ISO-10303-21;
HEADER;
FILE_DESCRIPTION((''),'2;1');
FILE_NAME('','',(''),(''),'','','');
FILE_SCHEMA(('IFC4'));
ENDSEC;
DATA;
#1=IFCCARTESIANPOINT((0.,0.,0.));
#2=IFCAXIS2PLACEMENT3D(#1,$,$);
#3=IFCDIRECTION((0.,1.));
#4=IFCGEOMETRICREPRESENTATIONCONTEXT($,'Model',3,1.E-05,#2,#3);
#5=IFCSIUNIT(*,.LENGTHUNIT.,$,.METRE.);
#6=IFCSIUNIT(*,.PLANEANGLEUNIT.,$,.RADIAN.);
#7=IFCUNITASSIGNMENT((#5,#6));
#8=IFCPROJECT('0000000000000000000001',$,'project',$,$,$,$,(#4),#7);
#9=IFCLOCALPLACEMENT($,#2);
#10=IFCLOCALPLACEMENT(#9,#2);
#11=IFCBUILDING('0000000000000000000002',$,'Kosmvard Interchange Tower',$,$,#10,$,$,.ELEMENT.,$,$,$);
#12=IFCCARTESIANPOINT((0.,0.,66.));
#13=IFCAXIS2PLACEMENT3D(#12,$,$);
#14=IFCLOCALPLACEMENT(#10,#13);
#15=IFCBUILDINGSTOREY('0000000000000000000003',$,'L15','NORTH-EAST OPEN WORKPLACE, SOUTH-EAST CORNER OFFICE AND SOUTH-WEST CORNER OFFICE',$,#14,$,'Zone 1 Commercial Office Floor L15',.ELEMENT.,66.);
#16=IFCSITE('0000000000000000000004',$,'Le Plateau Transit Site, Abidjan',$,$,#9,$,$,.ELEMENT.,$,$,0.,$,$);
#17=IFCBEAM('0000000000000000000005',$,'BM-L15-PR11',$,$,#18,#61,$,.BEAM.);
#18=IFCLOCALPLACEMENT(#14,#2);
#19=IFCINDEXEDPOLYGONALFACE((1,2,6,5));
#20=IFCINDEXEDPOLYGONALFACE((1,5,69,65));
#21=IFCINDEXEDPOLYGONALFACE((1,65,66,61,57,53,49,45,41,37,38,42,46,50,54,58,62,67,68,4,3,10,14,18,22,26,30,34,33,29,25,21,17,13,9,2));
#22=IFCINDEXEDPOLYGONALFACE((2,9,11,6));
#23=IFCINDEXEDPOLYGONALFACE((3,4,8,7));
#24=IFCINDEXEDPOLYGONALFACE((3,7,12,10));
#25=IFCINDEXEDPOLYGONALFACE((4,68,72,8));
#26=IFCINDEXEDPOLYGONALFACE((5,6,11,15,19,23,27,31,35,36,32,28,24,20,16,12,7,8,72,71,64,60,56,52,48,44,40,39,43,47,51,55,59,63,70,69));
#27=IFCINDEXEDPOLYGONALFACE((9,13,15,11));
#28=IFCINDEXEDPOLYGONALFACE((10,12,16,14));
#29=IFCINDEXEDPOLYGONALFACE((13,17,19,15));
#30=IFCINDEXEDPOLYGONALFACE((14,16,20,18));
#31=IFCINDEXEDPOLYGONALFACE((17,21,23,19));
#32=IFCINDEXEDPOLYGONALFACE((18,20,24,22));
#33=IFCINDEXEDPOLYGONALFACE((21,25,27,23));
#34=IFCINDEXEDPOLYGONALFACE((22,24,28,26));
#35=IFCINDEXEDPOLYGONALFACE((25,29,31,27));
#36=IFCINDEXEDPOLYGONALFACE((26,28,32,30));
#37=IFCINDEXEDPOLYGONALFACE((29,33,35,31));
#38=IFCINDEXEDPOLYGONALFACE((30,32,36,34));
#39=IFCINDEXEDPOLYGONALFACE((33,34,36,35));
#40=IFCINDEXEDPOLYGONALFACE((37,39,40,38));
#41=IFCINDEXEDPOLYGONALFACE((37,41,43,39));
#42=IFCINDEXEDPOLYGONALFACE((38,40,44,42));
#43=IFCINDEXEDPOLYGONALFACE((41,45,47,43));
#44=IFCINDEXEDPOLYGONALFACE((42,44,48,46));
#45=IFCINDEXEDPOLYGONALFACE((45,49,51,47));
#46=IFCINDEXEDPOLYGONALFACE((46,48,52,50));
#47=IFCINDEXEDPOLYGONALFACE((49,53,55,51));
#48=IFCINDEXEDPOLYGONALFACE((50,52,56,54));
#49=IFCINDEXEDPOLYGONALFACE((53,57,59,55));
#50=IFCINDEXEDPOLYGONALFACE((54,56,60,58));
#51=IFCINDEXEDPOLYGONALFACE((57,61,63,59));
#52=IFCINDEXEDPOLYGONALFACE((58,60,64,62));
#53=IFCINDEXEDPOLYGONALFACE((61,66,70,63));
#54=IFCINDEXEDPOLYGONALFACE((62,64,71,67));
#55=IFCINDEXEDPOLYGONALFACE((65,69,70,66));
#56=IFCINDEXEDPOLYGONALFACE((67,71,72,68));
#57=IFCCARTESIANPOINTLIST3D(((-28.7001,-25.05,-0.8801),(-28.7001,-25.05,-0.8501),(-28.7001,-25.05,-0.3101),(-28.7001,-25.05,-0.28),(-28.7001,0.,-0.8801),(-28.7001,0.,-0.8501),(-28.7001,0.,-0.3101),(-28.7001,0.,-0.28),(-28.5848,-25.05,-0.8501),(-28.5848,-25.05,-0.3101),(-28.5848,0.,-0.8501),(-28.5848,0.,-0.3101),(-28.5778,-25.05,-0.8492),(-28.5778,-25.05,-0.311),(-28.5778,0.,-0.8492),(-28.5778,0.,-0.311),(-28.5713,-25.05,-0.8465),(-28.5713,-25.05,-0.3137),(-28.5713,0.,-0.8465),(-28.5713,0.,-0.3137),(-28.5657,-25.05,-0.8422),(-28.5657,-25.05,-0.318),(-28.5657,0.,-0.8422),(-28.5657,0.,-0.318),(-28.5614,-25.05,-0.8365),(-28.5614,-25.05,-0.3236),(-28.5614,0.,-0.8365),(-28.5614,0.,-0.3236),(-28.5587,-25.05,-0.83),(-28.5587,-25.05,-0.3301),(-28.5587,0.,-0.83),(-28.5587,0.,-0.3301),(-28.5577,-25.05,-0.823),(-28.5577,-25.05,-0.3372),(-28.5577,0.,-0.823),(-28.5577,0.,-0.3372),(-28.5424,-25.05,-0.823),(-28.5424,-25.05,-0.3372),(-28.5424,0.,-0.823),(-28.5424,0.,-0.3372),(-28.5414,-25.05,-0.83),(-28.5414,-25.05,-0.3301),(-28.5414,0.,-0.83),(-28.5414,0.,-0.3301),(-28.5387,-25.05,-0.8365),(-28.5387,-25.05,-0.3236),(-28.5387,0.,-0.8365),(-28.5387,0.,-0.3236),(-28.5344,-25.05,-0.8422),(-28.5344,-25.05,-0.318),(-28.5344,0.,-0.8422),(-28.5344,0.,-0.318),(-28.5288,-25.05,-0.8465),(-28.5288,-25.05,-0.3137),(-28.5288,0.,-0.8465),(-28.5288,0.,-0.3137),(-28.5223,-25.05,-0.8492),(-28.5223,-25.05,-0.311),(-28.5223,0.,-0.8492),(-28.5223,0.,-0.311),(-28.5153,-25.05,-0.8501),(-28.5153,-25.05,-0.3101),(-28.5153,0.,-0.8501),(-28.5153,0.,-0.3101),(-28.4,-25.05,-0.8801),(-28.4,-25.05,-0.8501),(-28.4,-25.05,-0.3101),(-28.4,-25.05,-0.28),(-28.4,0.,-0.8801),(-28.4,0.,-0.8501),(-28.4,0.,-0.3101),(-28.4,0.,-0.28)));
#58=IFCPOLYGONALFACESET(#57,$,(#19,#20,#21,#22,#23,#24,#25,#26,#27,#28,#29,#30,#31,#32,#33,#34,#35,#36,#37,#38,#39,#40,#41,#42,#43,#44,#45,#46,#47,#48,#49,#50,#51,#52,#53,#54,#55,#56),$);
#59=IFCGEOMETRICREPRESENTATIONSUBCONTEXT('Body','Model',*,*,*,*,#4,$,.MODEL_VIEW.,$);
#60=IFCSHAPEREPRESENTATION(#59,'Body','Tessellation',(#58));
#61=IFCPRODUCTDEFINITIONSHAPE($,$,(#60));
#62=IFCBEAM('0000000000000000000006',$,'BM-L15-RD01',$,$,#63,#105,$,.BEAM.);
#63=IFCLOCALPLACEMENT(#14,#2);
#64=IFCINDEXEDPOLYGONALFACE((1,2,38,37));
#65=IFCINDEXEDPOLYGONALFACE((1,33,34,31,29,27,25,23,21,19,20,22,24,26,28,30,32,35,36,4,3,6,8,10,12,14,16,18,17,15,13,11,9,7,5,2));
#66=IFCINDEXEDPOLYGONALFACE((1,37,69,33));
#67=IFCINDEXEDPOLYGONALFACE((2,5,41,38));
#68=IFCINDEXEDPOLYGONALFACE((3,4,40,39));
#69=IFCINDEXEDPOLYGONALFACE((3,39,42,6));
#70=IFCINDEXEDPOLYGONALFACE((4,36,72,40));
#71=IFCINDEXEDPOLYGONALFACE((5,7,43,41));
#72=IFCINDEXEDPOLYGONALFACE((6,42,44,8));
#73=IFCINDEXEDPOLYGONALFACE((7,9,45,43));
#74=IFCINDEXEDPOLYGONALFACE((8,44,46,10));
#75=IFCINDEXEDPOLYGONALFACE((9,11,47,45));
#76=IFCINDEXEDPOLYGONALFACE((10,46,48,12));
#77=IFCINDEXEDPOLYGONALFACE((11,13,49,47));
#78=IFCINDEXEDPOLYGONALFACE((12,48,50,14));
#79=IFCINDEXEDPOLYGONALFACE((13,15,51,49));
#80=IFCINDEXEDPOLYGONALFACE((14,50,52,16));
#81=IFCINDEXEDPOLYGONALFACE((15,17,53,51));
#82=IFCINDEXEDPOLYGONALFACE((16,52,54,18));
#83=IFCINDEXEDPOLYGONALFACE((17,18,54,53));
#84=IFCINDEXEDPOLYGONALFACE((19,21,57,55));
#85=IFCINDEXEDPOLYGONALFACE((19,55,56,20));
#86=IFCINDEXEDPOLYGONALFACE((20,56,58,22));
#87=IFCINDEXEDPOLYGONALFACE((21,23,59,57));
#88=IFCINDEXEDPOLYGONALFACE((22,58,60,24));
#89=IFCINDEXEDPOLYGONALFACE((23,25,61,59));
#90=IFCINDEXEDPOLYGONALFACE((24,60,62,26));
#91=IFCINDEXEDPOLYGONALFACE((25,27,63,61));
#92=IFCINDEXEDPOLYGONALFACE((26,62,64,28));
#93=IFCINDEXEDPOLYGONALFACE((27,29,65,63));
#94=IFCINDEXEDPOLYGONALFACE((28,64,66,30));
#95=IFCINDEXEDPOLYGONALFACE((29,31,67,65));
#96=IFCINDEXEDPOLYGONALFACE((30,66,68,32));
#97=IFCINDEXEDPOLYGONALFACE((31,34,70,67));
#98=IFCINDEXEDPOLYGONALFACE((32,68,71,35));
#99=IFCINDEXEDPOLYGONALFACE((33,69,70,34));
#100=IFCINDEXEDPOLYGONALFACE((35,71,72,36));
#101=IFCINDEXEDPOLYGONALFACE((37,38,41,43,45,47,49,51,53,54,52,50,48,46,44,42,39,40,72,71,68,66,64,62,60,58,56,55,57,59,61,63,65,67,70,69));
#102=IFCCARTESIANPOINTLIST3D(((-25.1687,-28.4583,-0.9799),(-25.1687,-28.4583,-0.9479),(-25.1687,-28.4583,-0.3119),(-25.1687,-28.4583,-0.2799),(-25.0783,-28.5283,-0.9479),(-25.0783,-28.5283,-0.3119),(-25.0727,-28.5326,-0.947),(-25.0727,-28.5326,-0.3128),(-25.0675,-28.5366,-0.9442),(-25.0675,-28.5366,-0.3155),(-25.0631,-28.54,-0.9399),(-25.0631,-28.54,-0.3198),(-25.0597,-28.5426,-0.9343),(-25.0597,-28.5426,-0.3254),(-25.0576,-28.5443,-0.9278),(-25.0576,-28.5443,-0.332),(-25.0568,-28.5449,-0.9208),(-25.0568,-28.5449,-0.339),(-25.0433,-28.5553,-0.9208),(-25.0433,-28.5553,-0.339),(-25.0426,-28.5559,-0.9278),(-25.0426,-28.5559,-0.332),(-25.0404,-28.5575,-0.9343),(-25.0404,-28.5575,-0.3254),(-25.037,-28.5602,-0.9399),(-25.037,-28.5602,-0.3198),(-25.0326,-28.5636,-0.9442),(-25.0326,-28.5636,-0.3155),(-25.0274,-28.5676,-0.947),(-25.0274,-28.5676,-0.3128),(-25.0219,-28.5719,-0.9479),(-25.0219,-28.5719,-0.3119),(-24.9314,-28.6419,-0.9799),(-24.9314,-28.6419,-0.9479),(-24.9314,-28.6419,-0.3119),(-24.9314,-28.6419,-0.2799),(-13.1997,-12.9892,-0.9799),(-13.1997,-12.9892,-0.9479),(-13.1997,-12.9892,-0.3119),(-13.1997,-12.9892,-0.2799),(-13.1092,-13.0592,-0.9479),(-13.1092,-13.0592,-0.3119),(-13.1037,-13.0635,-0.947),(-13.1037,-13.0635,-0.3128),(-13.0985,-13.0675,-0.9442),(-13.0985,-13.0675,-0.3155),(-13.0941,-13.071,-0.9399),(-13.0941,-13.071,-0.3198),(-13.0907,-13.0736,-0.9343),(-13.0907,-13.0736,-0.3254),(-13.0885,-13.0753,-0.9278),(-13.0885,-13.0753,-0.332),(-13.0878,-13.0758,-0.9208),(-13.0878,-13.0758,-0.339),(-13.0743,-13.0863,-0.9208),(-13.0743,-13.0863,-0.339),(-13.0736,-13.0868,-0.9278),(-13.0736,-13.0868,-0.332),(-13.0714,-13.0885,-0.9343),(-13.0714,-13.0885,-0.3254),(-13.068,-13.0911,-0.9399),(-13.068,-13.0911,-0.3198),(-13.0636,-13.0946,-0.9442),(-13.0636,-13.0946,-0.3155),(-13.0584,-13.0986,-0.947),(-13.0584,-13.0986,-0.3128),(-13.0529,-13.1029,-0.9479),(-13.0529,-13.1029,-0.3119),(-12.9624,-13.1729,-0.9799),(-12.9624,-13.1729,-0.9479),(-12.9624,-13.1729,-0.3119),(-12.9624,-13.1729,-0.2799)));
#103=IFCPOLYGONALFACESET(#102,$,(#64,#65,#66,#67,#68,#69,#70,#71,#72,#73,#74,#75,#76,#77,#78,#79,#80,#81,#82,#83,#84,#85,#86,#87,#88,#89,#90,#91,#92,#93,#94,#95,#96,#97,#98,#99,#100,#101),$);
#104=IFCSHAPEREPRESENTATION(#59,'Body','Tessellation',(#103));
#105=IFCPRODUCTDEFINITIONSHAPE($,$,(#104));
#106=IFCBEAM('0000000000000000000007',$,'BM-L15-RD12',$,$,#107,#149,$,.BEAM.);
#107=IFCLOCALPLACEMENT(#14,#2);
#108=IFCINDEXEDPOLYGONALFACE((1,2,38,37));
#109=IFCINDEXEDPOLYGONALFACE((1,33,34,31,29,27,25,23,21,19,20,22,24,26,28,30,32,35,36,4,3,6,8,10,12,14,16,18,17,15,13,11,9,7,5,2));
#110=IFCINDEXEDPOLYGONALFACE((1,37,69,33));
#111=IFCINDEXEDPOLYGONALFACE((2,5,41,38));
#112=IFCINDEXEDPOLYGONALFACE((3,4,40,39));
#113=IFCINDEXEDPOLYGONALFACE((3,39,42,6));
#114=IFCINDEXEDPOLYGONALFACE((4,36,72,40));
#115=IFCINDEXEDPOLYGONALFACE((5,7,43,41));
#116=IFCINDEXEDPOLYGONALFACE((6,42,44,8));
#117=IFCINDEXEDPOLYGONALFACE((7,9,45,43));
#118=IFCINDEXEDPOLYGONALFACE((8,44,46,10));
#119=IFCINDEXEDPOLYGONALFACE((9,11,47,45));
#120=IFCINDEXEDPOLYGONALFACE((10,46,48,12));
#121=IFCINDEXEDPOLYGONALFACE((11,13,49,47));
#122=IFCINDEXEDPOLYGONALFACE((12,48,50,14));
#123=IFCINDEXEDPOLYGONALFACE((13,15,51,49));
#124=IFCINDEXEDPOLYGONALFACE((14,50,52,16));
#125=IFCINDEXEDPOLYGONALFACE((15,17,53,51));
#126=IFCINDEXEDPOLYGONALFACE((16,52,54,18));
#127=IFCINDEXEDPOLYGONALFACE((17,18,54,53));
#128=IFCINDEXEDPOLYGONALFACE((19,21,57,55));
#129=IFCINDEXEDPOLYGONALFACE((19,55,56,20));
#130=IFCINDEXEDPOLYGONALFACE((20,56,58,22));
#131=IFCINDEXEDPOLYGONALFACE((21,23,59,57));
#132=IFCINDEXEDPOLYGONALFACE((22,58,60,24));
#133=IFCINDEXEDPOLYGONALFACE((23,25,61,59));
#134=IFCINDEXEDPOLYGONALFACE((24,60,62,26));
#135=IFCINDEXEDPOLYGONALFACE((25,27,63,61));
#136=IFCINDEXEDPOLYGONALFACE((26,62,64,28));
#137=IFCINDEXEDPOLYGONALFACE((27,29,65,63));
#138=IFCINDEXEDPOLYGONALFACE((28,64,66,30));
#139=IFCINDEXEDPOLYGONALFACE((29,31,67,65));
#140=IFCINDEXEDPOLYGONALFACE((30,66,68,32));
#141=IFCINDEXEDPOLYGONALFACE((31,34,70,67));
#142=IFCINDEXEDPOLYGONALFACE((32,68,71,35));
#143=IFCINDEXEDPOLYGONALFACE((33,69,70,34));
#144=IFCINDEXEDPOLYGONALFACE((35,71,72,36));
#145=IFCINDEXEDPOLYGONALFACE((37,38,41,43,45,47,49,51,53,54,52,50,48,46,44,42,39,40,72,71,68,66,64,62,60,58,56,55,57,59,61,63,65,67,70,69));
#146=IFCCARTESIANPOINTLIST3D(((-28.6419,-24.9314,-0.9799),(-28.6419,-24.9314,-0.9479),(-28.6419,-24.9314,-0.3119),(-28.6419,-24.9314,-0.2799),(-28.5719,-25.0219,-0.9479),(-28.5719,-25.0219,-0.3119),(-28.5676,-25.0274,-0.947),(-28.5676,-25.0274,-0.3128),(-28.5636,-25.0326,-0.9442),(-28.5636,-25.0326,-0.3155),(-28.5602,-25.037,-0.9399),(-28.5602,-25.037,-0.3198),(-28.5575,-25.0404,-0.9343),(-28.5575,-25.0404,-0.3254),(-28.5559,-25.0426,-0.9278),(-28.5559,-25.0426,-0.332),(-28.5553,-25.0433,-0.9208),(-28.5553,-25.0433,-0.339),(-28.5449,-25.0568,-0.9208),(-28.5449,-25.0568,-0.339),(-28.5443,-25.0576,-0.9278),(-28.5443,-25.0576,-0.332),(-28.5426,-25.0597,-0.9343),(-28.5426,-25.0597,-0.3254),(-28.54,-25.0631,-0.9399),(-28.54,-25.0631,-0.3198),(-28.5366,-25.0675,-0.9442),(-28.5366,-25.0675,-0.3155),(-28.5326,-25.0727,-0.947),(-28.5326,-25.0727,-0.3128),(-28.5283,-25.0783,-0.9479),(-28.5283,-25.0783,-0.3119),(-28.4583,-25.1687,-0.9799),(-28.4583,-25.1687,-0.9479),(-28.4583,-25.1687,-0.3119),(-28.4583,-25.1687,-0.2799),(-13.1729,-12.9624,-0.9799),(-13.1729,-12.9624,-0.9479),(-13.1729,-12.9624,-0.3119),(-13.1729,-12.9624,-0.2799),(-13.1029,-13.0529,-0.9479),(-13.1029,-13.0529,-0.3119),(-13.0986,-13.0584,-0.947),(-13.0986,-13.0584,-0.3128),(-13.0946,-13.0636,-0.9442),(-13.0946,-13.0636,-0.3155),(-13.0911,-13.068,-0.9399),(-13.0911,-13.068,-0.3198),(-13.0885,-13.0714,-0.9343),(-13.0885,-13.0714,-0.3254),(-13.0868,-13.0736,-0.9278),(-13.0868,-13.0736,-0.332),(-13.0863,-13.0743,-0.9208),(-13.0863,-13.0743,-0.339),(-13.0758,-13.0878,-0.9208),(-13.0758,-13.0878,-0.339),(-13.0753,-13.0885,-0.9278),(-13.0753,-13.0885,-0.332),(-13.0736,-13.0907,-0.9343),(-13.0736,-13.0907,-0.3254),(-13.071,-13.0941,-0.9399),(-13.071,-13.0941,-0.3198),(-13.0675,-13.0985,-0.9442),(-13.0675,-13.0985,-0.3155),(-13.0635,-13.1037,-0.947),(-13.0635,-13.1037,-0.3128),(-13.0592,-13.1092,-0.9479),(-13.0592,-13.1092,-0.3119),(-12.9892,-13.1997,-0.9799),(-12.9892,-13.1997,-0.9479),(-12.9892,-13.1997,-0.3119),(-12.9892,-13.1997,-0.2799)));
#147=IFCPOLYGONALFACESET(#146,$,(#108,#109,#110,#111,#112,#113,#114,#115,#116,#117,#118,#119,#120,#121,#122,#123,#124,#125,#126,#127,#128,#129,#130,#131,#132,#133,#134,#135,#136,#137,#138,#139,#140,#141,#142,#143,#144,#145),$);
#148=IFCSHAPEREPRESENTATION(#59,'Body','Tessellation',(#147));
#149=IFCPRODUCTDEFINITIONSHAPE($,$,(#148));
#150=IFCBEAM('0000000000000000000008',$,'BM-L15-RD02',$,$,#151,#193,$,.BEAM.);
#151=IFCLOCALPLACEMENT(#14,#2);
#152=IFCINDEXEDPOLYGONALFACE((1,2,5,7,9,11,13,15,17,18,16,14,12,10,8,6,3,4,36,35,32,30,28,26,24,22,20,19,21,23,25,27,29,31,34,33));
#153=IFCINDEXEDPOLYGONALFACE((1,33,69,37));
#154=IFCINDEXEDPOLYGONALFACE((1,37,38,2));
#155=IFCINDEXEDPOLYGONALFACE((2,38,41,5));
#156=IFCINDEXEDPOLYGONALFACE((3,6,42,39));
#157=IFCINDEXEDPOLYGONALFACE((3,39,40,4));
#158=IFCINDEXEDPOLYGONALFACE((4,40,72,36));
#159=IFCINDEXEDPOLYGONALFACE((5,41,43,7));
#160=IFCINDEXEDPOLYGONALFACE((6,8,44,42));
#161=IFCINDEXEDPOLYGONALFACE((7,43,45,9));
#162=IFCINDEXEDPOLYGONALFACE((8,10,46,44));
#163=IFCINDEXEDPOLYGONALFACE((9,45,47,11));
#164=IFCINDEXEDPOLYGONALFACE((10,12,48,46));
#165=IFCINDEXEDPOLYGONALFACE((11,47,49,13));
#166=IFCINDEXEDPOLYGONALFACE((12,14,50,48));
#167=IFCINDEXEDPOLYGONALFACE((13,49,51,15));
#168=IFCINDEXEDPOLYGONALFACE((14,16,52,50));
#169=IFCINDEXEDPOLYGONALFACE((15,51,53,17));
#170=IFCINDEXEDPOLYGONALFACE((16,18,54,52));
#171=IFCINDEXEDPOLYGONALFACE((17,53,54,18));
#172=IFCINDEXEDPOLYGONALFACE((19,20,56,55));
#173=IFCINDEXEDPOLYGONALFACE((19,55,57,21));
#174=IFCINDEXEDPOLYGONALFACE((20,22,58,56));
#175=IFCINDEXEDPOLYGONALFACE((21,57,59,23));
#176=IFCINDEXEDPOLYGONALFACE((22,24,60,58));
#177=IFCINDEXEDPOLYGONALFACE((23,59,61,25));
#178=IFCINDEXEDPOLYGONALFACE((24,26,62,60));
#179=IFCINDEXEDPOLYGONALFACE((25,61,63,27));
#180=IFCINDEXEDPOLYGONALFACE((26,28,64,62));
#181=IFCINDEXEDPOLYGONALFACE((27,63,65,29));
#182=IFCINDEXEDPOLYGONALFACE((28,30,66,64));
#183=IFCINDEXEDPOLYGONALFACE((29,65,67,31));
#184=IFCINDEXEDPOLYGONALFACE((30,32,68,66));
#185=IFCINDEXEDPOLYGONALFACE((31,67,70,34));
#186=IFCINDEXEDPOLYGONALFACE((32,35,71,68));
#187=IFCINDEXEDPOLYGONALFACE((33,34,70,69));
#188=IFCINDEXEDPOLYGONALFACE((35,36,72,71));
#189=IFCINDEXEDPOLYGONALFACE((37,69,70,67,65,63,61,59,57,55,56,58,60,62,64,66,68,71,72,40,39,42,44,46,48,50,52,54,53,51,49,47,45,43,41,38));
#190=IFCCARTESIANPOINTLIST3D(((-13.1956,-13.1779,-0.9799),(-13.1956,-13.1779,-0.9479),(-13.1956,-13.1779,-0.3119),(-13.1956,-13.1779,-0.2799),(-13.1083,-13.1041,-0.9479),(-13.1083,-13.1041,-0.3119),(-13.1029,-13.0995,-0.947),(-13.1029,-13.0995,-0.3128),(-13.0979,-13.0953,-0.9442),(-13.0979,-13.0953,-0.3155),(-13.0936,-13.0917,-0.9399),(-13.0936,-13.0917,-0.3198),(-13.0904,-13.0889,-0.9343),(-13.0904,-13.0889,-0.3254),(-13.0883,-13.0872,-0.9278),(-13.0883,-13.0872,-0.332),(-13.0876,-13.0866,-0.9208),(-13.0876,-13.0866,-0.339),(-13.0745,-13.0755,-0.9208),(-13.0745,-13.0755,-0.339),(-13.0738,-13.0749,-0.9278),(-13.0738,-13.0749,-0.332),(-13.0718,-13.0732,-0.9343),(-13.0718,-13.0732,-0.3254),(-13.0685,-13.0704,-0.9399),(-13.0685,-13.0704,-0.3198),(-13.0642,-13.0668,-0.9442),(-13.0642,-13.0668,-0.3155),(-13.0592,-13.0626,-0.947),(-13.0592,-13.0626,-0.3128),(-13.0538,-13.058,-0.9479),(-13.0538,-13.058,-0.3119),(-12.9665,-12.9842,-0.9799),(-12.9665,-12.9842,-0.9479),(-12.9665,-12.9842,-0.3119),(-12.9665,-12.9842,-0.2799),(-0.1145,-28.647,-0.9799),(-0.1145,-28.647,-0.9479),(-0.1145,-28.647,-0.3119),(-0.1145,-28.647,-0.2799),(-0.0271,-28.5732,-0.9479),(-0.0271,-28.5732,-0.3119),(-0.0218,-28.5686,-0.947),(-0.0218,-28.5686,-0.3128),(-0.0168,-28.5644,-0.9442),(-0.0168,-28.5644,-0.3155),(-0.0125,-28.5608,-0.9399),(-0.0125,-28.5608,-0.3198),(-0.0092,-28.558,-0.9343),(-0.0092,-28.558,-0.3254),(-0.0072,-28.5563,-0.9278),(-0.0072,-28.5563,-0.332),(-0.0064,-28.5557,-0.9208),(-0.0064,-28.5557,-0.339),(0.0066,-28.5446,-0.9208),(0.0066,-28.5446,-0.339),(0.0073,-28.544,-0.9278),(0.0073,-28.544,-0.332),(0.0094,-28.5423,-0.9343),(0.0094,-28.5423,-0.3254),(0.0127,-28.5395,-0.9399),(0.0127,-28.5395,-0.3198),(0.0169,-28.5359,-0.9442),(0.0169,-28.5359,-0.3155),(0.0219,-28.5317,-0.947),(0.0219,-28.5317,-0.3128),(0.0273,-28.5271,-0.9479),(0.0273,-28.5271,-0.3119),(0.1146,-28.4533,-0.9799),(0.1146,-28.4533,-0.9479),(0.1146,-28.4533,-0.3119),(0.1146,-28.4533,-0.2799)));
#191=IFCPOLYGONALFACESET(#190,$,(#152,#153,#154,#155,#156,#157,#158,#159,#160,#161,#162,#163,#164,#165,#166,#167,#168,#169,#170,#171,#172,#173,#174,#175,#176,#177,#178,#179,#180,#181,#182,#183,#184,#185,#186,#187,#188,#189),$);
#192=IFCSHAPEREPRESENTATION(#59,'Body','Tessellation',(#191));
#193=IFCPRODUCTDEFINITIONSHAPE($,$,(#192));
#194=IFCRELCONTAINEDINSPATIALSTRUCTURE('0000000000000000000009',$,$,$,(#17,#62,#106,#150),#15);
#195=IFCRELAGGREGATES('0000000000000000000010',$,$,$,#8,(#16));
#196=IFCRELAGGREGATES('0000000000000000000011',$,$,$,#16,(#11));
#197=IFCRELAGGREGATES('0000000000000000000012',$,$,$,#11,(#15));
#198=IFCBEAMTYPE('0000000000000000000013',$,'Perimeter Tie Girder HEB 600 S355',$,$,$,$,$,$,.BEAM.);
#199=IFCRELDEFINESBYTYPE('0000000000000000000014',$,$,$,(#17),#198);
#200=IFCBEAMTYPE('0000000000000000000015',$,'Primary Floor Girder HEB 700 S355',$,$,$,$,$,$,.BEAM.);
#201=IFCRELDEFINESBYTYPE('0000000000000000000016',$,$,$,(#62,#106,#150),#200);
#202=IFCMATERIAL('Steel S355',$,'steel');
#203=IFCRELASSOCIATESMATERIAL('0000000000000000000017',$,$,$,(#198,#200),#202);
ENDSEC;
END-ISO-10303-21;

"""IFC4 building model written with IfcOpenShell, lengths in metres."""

from ifc_helpers import new_model, si_unit, direction, frame, origin, origin_2d, place, context, subcontext, project, spatial, i_section, extrude, source, transform, mapped, material, material_profile, profile_set, type_object, element, save


model = new_model("IFC4")

# Units and contexts
model_context = context("Model", 3, precision=1e-05, world=origin(), true_north=direction((0.0, 1.0)))
body_context = subcontext(model_context, "Body", "Model", "MODEL_VIEW")
ifc_project = project(units=[si_unit("LENGTHUNIT", "METRE"), si_unit("PLANEANGLEUNIT", "RADIAN")], contexts=[model_context])

# Site, building, storey
site_placement = place(None, origin())
site = spatial("IfcSite", under=ifc_project, at=site_placement, Name="Le Plateau Transit Site, Abidjan", CompositionType="ELEMENT", RefElevation=0.0)
building_placement = place(site_placement, origin())
building = spatial("IfcBuilding", under=site, at=building_placement, Name="Kosmvard Interchange Tower", CompositionType="ELEMENT")
storey_placement = place(building_placement, frame((0.0, 0.0, 66.0)))
storey = spatial("IfcBuildingStorey", under=building, at=storey_placement, Name="L15", Description="NORTH-EAST OPEN WORKPLACE, SOUTH-EAST CORNER OFFICE AND SOUTH-WEST CORNER OFFICE", LongName="Zone 1 Commercial Office Floor L15", CompositionType="ELEMENT", Elevation=66.0)

# Beams
ifc_material_1 = material(Name="Steel S355", Category="steel")
ifc_material_profile_1 = material_profile(ifc_material_1, i_section(OverallWidth=0.3, OverallDepth=0.6001, WebThickness=0.0154, FlangeThickness=0.03, FilletRadius=0.0271, at=origin_2d()), Name="HEB 600")
ifc_profile_set_1 = profile_set([ifc_material_profile_1], Name="Steel S355")
beam_type_1 = type_object("IfcBeamType", Name="Perimeter Tie Girder HEB 600 S355", PredefinedType="BEAM", material=ifc_profile_set_1)
shared_shape_1 = source(origin(), body_context, "Body", "SweptSolid", [
    extrude(i_section(OverallWidth=0.3, OverallDepth=0.6001, WebThickness=0.0154, FlangeThickness=0.03, FilletRadius=0.0271, at=origin_2d()), origin(), (0.0, 0.0, 1.0), 25.05),
])
beam_1_placement = place(storey_placement, frame((-28.55, 0.0, -0.5801), z_axis=(0.0, -1.0, 0.0), x_axis=(1.0, 0.0, 0.0)))
element("IfcBeam", 1, at=beam_1_placement, inside=storey, type_object=beam_type_1, Name="BM-L15-PR11", PredefinedType="BEAM", context=body_context, shape_type="MappedRepresentation", body=[
    mapped(shared_shape_1, transform((0.0, 0.0, 0.0), scale=1.0)),
])
ifc_material_profile_2 = material_profile(ifc_material_1, i_section(OverallWidth=0.3, OverallDepth=0.7, WebThickness=0.0171, FlangeThickness=0.032, FilletRadius=0.0271, at=origin_2d()), Name="HEB 700")
ifc_profile_set_2 = profile_set([ifc_material_profile_2], Name="Steel S355")
beam_type_2 = type_object("IfcBeamType", Name="Primary Floor Girder HEB 700 S355", PredefinedType="BEAM", material=ifc_profile_set_2)
shared_shape_2 = source(origin(), body_context, "Body", "SweptSolid", [
    extrude(i_section(OverallWidth=0.3, OverallDepth=0.7, WebThickness=0.0171, FlangeThickness=0.032, FilletRadius=0.0271, at=origin_2d()), origin(), (0.0, 0.0, 1.0), 19.5588),
])
for number, where, z_axis, x_axis, name in (
    (2, (-13.0811, -13.0811, -0.6299), (-0.611949, -0.790897, 0.0), (0.790897, -0.611949, 0.0), "BM-L15-RD01"),
    (3, (-13.0811, -13.0811, -0.6299), (-0.790897, -0.611949, 0.0), (0.611949, -0.790897, 0.0), "BM-L15-RD12"),
):
    element("IfcBeam", number, at=place(storey_placement, frame(where, z_axis=z_axis, x_axis=x_axis)), inside=storey, type_object=beam_type_2, Name=name, PredefinedType="BEAM", context=body_context, shape_type="MappedRepresentation", body=[
        mapped(shared_shape_2, transform((0.0, 0.0, 0.0), scale=1.0)),
    ])
shared_shape_3 = source(origin(), body_context, "Body", "SweptSolid", [
    extrude(i_section(OverallWidth=0.3, OverallDepth=0.7, WebThickness=0.0171, FlangeThickness=0.032, FilletRadius=0.0271, at=origin_2d()), origin(), (0.0, 0.0, 1.0), 20.2585),
])
for number, where, z_axis, x_axis, name in (
    (4, (-13.0811, -13.0811, -0.6299), (0.645709, -0.763583, 0.0), (0.763583, 0.645709, 0.0), "BM-L15-RD02"),
):
    element("IfcBeam", number, at=place(storey_placement, frame(where, z_axis=z_axis, x_axis=x_axis)), inside=storey, type_object=beam_type_2, Name=name, PredefinedType="BEAM", context=body_context, shape_type="MappedRepresentation", body=[
        mapped(shared_shape_3, transform((0.0, 0.0, 0.0), scale=1.0)),
    ])

save(model, "model.ifc")
